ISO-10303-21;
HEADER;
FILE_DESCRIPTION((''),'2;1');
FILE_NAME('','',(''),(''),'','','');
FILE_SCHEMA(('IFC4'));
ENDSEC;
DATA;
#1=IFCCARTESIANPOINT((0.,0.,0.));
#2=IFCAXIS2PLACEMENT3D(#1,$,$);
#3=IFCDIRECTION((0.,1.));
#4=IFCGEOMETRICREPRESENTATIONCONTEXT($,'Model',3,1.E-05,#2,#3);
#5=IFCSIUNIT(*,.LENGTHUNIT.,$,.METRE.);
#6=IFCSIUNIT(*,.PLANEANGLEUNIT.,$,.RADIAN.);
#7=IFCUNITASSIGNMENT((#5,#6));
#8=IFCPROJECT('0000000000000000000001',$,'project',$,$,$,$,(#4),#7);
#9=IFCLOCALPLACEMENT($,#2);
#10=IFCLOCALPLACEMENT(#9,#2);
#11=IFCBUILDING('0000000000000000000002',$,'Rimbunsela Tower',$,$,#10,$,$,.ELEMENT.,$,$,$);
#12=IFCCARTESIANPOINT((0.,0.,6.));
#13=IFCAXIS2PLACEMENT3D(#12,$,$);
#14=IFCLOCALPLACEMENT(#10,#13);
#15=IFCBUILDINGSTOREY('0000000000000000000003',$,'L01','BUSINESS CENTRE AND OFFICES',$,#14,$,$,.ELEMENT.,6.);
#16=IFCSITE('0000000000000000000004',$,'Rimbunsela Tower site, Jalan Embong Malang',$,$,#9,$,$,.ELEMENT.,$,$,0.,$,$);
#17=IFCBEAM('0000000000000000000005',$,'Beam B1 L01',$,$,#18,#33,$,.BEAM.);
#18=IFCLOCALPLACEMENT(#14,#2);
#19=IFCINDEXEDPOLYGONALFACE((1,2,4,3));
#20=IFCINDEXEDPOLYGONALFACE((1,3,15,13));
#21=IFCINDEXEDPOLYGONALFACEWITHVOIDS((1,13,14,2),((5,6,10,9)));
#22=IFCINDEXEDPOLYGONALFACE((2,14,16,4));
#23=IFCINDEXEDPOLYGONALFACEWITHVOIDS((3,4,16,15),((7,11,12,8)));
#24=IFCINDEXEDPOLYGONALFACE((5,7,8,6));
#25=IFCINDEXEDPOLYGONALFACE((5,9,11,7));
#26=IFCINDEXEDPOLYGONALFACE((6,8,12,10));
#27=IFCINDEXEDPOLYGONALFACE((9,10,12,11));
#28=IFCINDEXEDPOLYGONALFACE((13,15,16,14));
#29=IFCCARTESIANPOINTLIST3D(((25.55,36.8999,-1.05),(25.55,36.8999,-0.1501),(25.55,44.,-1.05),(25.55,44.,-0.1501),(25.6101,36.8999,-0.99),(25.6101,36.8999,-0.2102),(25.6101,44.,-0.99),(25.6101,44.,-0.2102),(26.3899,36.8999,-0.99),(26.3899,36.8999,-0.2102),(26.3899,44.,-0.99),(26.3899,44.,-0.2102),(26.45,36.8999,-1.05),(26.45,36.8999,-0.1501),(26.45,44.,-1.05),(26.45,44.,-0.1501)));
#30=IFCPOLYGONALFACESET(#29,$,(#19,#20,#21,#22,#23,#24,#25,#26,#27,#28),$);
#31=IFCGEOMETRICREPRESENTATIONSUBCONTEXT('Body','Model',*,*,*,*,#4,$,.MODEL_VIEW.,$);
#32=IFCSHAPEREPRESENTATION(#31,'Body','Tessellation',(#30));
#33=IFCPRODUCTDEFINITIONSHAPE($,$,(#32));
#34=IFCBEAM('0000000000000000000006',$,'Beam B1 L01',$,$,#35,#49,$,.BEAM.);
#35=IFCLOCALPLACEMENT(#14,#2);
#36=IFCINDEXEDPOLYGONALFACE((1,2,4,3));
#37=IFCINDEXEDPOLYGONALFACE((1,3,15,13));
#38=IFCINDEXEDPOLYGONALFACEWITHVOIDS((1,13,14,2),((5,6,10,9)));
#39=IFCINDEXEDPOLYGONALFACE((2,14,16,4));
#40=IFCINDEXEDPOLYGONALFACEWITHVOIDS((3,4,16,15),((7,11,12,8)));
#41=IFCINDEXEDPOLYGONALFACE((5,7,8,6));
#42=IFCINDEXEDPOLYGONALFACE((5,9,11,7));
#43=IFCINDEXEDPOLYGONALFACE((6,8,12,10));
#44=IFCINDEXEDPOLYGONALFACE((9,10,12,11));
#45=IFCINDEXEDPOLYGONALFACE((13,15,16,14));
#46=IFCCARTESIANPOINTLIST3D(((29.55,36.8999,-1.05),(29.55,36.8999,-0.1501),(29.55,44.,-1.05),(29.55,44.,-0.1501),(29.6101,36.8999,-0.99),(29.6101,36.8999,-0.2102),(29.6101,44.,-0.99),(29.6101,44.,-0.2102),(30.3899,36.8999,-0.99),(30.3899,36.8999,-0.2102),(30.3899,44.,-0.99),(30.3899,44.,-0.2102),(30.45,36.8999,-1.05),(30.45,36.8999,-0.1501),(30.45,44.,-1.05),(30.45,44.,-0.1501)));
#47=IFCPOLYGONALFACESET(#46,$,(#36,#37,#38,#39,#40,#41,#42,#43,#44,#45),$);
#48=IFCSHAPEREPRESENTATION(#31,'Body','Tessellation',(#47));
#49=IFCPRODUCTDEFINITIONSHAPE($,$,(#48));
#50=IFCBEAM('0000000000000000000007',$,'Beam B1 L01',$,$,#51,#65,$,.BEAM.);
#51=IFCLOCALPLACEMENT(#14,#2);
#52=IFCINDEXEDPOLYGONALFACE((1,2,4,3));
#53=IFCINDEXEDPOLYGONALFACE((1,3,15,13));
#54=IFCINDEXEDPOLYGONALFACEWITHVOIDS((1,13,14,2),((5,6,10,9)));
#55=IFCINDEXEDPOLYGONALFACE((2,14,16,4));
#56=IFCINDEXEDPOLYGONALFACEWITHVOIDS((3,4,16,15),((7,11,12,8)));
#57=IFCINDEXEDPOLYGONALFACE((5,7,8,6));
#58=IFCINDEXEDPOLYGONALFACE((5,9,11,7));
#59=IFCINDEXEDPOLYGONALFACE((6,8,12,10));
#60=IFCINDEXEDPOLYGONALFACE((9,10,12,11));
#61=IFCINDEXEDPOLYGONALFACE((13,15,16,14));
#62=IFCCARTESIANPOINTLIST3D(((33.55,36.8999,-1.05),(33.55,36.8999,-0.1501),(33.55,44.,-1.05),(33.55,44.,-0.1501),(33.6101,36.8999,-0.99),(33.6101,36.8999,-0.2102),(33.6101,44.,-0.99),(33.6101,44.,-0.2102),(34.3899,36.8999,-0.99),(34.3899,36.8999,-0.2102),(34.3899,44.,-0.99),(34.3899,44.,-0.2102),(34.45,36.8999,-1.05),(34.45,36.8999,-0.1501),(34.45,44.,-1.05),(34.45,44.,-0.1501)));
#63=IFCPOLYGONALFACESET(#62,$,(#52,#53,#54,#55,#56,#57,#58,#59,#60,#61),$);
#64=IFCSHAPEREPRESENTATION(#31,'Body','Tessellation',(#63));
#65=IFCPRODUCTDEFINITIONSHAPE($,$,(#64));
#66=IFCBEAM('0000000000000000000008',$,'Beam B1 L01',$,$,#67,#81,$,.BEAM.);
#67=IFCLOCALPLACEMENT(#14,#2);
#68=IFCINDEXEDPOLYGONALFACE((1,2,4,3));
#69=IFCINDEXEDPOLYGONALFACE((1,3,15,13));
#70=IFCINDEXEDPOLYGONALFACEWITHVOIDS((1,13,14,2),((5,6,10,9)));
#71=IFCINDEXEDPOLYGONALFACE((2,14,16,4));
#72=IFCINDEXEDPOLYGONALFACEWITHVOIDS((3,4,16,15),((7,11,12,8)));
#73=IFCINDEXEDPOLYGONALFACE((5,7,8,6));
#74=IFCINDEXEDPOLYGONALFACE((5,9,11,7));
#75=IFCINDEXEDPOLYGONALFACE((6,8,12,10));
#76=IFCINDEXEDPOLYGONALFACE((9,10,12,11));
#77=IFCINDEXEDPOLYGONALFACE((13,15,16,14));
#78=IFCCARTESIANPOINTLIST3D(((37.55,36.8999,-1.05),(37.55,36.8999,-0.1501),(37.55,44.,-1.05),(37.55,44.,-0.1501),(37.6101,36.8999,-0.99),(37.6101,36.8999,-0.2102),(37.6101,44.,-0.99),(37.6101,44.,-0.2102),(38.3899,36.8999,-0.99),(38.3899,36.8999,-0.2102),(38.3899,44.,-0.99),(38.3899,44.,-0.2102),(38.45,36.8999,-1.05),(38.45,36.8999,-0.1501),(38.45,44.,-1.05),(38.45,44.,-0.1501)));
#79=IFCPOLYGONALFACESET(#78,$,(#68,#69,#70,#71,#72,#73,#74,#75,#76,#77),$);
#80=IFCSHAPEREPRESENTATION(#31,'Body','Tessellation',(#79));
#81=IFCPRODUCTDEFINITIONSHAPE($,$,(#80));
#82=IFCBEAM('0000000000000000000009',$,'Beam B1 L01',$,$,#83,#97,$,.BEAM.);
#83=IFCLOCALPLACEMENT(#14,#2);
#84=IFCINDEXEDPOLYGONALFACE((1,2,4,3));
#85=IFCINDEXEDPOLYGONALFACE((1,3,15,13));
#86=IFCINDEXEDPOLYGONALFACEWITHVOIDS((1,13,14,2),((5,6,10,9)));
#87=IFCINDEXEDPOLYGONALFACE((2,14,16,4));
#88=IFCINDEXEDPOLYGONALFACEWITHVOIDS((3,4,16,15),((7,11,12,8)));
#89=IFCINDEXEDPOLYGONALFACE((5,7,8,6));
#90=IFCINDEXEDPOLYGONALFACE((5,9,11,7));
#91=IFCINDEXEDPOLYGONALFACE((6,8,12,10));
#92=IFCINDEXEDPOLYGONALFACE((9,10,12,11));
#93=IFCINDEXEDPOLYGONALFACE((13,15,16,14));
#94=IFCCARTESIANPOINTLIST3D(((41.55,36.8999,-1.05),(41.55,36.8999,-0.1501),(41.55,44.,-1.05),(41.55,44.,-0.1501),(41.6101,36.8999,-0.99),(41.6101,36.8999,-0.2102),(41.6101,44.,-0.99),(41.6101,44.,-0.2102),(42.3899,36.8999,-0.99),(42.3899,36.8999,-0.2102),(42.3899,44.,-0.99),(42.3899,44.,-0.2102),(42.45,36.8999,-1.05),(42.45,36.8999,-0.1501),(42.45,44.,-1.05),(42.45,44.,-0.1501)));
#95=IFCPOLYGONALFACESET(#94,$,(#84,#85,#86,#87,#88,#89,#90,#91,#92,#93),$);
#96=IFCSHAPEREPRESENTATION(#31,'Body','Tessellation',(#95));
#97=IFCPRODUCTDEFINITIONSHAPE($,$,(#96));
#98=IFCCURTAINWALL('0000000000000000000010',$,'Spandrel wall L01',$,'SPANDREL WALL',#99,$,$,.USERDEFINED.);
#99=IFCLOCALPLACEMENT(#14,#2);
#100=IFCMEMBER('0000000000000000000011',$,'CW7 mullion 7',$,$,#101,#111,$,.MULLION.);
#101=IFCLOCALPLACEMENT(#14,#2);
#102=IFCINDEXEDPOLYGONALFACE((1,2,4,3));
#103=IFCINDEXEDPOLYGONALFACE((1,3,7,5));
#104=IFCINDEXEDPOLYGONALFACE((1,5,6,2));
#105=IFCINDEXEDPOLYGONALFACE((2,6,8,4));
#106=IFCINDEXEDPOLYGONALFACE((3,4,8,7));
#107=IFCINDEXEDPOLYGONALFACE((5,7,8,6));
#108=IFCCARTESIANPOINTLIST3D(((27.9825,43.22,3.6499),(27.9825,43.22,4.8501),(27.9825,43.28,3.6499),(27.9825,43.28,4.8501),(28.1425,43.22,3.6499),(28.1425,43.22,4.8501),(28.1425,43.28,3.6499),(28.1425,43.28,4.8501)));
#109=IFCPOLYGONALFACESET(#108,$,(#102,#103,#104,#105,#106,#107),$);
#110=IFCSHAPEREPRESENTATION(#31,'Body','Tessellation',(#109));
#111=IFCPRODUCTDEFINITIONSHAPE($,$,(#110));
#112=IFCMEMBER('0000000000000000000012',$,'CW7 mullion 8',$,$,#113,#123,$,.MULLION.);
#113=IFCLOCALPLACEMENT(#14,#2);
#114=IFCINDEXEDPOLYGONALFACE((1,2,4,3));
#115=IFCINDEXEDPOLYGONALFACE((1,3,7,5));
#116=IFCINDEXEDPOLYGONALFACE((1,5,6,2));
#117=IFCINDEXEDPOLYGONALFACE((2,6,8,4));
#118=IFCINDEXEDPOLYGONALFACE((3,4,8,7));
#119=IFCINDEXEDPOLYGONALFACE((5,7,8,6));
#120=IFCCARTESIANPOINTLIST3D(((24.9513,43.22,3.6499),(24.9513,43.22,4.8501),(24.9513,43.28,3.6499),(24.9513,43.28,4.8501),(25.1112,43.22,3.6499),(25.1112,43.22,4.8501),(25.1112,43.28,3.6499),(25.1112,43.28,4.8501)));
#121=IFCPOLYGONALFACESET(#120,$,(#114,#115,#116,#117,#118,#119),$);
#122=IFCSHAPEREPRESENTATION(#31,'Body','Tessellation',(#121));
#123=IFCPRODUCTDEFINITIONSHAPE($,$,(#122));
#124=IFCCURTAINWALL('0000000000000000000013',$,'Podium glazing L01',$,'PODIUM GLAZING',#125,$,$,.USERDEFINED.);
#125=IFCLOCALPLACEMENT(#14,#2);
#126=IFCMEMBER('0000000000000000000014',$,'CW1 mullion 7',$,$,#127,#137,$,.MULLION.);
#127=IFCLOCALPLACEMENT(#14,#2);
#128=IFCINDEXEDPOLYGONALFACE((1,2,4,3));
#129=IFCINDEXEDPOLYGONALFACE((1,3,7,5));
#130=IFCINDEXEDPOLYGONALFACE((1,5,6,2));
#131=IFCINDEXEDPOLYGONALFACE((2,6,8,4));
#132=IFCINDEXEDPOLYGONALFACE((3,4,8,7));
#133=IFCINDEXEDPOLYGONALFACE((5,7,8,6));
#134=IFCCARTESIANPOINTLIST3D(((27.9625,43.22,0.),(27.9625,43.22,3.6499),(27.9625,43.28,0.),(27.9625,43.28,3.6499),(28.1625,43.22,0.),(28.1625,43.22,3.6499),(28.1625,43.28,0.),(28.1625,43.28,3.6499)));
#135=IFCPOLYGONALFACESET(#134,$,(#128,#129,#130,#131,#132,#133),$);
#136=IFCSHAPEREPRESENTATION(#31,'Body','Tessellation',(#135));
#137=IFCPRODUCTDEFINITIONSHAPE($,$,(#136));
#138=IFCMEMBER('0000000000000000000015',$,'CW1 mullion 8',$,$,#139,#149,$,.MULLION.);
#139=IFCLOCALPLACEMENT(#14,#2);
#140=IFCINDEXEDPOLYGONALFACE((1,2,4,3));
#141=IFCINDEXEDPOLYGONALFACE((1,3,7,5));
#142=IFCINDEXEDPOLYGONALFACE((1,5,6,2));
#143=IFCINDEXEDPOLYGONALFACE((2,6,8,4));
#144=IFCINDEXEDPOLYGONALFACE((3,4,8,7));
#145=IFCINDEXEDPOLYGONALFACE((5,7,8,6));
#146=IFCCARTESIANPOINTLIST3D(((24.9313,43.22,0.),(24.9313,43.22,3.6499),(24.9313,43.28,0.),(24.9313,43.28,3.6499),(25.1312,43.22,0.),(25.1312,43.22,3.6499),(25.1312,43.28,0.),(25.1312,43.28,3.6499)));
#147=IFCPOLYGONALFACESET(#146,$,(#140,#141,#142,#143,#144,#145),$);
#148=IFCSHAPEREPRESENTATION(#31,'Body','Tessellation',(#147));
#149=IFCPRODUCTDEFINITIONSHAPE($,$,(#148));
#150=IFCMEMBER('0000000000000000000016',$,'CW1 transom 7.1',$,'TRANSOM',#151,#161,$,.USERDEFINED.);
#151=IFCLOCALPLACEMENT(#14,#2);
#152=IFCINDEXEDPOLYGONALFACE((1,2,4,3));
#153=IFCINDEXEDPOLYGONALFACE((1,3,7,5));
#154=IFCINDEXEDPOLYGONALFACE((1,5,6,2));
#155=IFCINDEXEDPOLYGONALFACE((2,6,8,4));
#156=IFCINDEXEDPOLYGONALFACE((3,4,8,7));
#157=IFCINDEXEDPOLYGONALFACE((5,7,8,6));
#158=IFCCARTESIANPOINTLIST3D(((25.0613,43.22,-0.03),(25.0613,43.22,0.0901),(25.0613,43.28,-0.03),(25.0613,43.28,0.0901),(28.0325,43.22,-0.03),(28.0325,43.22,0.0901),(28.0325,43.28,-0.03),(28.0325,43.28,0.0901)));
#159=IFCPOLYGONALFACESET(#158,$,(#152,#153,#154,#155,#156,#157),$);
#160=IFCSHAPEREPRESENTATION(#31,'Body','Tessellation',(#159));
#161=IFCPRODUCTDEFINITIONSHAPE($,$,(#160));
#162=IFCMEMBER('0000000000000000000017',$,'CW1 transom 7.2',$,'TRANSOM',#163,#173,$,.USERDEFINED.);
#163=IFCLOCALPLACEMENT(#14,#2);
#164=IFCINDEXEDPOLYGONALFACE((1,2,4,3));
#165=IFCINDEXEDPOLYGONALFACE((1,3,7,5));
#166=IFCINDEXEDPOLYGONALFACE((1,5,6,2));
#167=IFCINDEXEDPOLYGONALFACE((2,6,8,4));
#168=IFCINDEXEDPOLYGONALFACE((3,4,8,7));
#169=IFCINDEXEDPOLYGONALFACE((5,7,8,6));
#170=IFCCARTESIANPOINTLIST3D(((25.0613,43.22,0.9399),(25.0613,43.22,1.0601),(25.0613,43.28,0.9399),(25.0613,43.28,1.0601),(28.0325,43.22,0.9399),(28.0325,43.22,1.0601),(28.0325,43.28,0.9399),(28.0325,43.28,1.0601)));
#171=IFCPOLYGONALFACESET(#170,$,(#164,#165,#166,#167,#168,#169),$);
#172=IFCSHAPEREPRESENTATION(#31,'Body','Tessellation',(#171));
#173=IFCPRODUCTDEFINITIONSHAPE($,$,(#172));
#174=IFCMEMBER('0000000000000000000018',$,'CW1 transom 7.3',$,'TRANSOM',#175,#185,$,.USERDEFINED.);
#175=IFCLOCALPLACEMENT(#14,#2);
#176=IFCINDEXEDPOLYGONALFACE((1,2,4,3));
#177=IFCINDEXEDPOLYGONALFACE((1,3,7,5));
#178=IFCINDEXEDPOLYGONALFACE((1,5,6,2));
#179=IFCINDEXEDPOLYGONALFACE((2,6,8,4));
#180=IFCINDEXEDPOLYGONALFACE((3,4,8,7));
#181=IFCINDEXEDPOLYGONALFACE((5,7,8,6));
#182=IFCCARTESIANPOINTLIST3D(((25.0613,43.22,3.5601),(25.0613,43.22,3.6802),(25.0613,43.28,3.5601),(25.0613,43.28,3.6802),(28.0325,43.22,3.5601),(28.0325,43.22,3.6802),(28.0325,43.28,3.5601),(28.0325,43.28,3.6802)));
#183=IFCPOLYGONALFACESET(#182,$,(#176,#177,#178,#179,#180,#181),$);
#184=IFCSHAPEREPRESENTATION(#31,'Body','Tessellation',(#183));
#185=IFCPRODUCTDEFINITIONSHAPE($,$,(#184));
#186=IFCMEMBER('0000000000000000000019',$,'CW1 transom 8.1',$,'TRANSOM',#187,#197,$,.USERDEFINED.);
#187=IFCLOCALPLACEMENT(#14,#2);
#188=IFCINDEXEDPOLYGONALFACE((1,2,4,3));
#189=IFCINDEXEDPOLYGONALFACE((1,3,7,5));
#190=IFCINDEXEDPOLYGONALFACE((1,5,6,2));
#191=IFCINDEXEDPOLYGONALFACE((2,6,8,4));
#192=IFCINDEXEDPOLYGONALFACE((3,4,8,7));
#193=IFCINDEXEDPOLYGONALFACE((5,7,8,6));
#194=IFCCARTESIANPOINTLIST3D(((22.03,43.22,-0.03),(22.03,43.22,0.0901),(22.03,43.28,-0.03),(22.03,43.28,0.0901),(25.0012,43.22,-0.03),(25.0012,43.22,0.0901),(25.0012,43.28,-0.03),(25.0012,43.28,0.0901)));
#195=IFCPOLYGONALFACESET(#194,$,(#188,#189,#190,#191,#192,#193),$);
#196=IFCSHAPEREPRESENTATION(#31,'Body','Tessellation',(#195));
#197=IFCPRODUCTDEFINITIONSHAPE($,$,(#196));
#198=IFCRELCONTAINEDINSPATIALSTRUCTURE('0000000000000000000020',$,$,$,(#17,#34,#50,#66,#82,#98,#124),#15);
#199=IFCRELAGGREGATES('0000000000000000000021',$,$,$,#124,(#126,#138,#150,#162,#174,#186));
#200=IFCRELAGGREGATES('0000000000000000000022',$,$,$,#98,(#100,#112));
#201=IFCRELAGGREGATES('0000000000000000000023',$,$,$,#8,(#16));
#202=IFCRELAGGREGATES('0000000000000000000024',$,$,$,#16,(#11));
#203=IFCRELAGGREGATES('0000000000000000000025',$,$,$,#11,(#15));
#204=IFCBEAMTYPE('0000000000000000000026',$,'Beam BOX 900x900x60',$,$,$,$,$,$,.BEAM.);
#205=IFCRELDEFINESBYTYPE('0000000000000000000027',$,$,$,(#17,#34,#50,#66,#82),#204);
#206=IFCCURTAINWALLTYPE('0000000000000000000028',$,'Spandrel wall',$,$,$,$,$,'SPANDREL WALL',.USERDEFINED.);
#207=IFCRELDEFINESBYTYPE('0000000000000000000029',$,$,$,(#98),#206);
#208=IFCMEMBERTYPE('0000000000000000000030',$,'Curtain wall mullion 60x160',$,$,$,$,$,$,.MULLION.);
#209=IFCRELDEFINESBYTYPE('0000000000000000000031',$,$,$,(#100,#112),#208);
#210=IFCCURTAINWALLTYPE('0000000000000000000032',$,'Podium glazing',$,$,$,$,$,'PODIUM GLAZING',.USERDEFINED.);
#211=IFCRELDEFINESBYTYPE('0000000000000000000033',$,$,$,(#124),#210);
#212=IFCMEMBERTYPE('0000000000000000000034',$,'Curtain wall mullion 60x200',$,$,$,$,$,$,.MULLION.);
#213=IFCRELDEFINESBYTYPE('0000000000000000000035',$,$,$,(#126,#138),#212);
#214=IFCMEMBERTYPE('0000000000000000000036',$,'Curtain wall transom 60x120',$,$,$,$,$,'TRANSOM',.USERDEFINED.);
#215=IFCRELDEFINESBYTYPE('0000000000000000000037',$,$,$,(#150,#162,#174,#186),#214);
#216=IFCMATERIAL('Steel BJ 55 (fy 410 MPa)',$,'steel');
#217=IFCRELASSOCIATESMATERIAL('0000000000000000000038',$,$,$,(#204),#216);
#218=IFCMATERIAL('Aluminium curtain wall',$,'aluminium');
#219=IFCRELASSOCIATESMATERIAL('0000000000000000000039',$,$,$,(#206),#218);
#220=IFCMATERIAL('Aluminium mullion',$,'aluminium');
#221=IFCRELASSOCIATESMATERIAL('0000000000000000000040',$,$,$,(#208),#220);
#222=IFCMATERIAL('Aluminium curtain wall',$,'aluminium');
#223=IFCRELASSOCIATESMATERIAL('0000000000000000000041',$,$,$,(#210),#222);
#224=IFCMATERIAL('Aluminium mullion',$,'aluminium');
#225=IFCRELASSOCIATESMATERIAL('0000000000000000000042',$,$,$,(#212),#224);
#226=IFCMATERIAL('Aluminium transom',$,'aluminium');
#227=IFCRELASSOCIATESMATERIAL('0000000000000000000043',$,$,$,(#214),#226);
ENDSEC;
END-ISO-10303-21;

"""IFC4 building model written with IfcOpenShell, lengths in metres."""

from ifc_helpers import new_model, si_unit, direction, frame, origin, origin_2d, place, context, subcontext, project, spatial, rectangle, hollow_rectangle, extrude, material, material_profile, profile_set, type_object, element, aggregate, save


model = new_model("IFC4")

# Units and contexts
model_context = context("Model", 3, precision=1e-05, world=origin(), true_north=direction((0.0, 1.0)))
body_context = subcontext(model_context, "Body", "Model", "MODEL_VIEW")
ifc_project = project(units=[si_unit("LENGTHUNIT", "METRE"), si_unit("PLANEANGLEUNIT", "RADIAN")], contexts=[model_context])

# Site, building, storey
site_placement = place(None, origin())
site = spatial("IfcSite", under=ifc_project, at=site_placement, Name="Rimbunsela Tower site, Jalan Embong Malang", CompositionType="ELEMENT", RefElevation=0.0)
building_placement = place(site_placement, origin())
building = spatial("IfcBuilding", under=site, at=building_placement, Name="Rimbunsela Tower", CompositionType="ELEMENT")
storey_placement = place(building_placement, frame((0.0, 0.0, 6.0)))
storey = spatial("IfcBuildingStorey", under=building, at=storey_placement, Name="L01", Description="BUSINESS CENTRE AND OFFICES", CompositionType="ELEMENT", Elevation=6.0)

# Beams
ifc_material_1 = material(Name="Steel BJ 55 (fy 410 MPa)", Category="steel")
ifc_material_profile_1 = material_profile(ifc_material_1, hollow_rectangle(XDim=0.8999, YDim=0.8999, WallThickness=0.0601, at=origin_2d()), Name="BOX 900x900x60")
ifc_profile_set_1 = profile_set([ifc_material_profile_1], Name="Steel BJ 55 (fy 410 MPa)")
beam_type = type_object("IfcBeamType", Name="Beam BOX 900x900x60", PredefinedType="BEAM", material=ifc_profile_set_1)
for number, where, z_axis, x_axis, name in (
    (1, (26.0, 36.8999, -0.6001), (0.0, 1.0, 0.0), (-1.0, 0.0, 0.0), "Beam B1 L01"),
    (2, (30.0, 36.8999, -0.6001), (0.0, 1.0, 0.0), (-1.0, 0.0, 0.0), "Beam B1 L01"),
    (3, (34.0, 36.8999, -0.6001), (0.0, 1.0, 0.0), (-1.0, 0.0, 0.0), "Beam B1 L01"),
    (4, (38.0, 36.8999, -0.6001), (0.0, 1.0, 0.0), (-1.0, 0.0, 0.0), "Beam B1 L01"),
    (5, (42.0, 36.8999, -0.6001), (0.0, 1.0, 0.0), (-1.0, 0.0, 0.0), "Beam B1 L01"),
):
    element("IfcBeam", number, at=place(storey_placement, frame(where, z_axis=z_axis, x_axis=x_axis)), inside=storey, type_object=beam_type, Name=name, PredefinedType="BEAM", context=body_context, shape_type="SweptSolid", body=[
        extrude(hollow_rectangle(XDim=0.8999, YDim=0.8999, WallThickness=0.0601, at=origin_2d()), origin(), (0.0, 0.0, 1.0), 7.1001),
    ])

# Curtain walls, members
ifc_material_2 = material(Name="Aluminium curtain wall", Category="aluminium")
curtain_wall_type_1 = type_object("IfcCurtainWallType", Name="Spandrel wall", ElementType="SPANDREL WALL", PredefinedType="USERDEFINED", material=ifc_material_2)
curtain_wall_1_placement = place(storey_placement, origin())
curtain_wall_1 = element("IfcCurtainWall", 6, at=curtain_wall_1_placement, inside=storey, type_object=curtain_wall_type_1, Name="Spandrel wall L01", ObjectType="SPANDREL WALL", PredefinedType="USERDEFINED")
ifc_material_3 = material(Name="Aluminium mullion", Category="aluminium")
ifc_material_profile_2 = material_profile(ifc_material_3, rectangle(XDim=0.0601, YDim=0.1599, at=origin_2d()), Name="Mullion 60x160")
ifc_profile_set_2 = profile_set([ifc_material_profile_2], Name="Aluminium mullion")
member_type_1 = type_object("IfcMemberType", Name="Curtain wall mullion 60x160", PredefinedType="MULLION", material=ifc_profile_set_2)
member_1_placement = place(storey_placement, frame((28.0625, 43.25, 3.6499), z_axis=(0.0, 0.0, 1.0), x_axis=(0.0, -1.0, 0.0)))
member_1 = element("IfcMember", 7, at=member_1_placement, type_object=member_type_1, Name="CW7 mullion 7", PredefinedType="MULLION", context=body_context, shape_type="SweptSolid", body=[
    extrude(rectangle(XDim=0.0601, YDim=0.1599, at=origin_2d()), origin(), (0.0, 0.0, 1.0), 1.2002),
])
member_2_placement = place(storey_placement, frame((25.0312, 43.25, 3.6499), z_axis=(0.0, 0.0, 1.0), x_axis=(0.0, -1.0, 0.0)))
member_2 = element("IfcMember", 8, at=member_2_placement, type_object=member_type_1, Name="CW7 mullion 8", PredefinedType="MULLION", context=body_context, shape_type="SweptSolid", body=[
    extrude(rectangle(XDim=0.0601, YDim=0.1599, at=origin_2d()), origin(), (0.0, 0.0, 1.0), 1.2002),
])
ifc_material_4 = material(Name="Aluminium curtain wall", Category="aluminium")
curtain_wall_type_2 = type_object("IfcCurtainWallType", Name="Podium glazing", ElementType="PODIUM GLAZING", PredefinedType="USERDEFINED", material=ifc_material_4)
curtain_wall_2_placement = place(storey_placement, origin())
curtain_wall_2 = element("IfcCurtainWall", 9, at=curtain_wall_2_placement, inside=storey, type_object=curtain_wall_type_2, Name="Podium glazing L01", ObjectType="PODIUM GLAZING", PredefinedType="USERDEFINED")
ifc_material_5 = material(Name="Aluminium mullion", Category="aluminium")
ifc_material_profile_3 = material_profile(ifc_material_5, rectangle(XDim=0.0601, YDim=0.2, at=origin_2d()), Name="Mullion 60x200")
ifc_profile_set_3 = profile_set([ifc_material_profile_3], Name="Aluminium mullion")
member_type_2 = type_object("IfcMemberType", Name="Curtain wall mullion 60x200", PredefinedType="MULLION", material=ifc_profile_set_3)
member_3_placement = place(storey_placement, frame((28.0625, 43.25, 0.0), z_axis=(0.0, 0.0, 1.0), x_axis=(0.0, -1.0, 0.0)))
member_3 = element("IfcMember", 10, at=member_3_placement, type_object=member_type_2, Name="CW1 mullion 7", PredefinedType="MULLION", context=body_context, shape_type="SweptSolid", body=[
    extrude(rectangle(XDim=0.0601, YDim=0.2, at=origin_2d()), origin(), (0.0, 0.0, 1.0), 3.6499),
])
member_4_placement = place(storey_placement, frame((25.0312, 43.25, 0.0), z_axis=(0.0, 0.0, 1.0), x_axis=(0.0, -1.0, 0.0)))
member_4 = element("IfcMember", 11, at=member_4_placement, type_object=member_type_2, Name="CW1 mullion 8", PredefinedType="MULLION", context=body_context, shape_type="SweptSolid", body=[
    extrude(rectangle(XDim=0.0601, YDim=0.2, at=origin_2d()), origin(), (0.0, 0.0, 1.0), 3.6499),
])
ifc_material_6 = material(Name="Aluminium transom", Category="aluminium")
ifc_material_profile_4 = material_profile(ifc_material_6, rectangle(XDim=0.0601, YDim=0.1201, at=origin_2d()), Name="Transom 60x120")
ifc_profile_set_4 = profile_set([ifc_material_profile_4], Name="Aluminium transom")
member_type_3 = type_object("IfcMemberType", Name="Curtain wall transom 60x120", ElementType="TRANSOM", PredefinedType="USERDEFINED", material=ifc_profile_set_4)
member_5_placement = place(storey_placement, frame((28.0325, 43.25, 0.03), z_axis=(-1.0, 0.0, 0.0), x_axis=(0.0, -1.0, 0.0)))
member_5 = element("IfcMember", 12, at=member_5_placement, type_object=member_type_3, Name="CW1 transom 7.1", ObjectType="TRANSOM", PredefinedType="USERDEFINED", context=body_context, shape_type="SweptSolid", body=[
    extrude(rectangle(XDim=0.0601, YDim=0.1201, at=origin_2d()), origin(), (0.0, 0.0, 1.0), 2.9712),
])
member_6_placement = place(storey_placement, frame((28.0325, 43.25, 1.0), z_axis=(-1.0, 0.0, 0.0), x_axis=(0.0, -1.0, 0.0)))
member_6 = element("IfcMember", 13, at=member_6_placement, type_object=member_type_3, Name="CW1 transom 7.2", ObjectType="TRANSOM", PredefinedType="USERDEFINED", context=body_context, shape_type="SweptSolid", body=[
    extrude(rectangle(XDim=0.0601, YDim=0.1201, at=origin_2d()), origin(), (0.0, 0.0, 1.0), 2.9712),
])
member_7_placement = place(storey_placement, frame((28.0325, 43.25, 3.6201), z_axis=(-1.0, 0.0, 0.0), x_axis=(0.0, -1.0, 0.0)))
member_7 = element("IfcMember", 14, at=member_7_placement, type_object=member_type_3, Name="CW1 transom 7.3", ObjectType="TRANSOM", PredefinedType="USERDEFINED", context=body_context, shape_type="SweptSolid", body=[
    extrude(rectangle(XDim=0.0601, YDim=0.1201, at=origin_2d()), origin(), (0.0, 0.0, 1.0), 2.9712),
])
member_8_placement = place(storey_placement, frame((25.0012, 43.25, 0.03), z_axis=(-1.0, 0.0, 0.0), x_axis=(0.0, -1.0, 0.0)))
member_8 = element("IfcMember", 15, at=member_8_placement, type_object=member_type_3, Name="CW1 transom 8.1", ObjectType="TRANSOM", PredefinedType="USERDEFINED", context=body_context, shape_type="SweptSolid", body=[
    extrude(rectangle(XDim=0.0601, YDim=0.1201, at=origin_2d()), origin(), (0.0, 0.0, 1.0), 2.9712),
])

aggregate(curtain_wall_2, [member_3, member_4, member_5, member_6, member_7, member_8])
aggregate(curtain_wall_1, [member_1, member_2])

save(model, "model.ifc")
